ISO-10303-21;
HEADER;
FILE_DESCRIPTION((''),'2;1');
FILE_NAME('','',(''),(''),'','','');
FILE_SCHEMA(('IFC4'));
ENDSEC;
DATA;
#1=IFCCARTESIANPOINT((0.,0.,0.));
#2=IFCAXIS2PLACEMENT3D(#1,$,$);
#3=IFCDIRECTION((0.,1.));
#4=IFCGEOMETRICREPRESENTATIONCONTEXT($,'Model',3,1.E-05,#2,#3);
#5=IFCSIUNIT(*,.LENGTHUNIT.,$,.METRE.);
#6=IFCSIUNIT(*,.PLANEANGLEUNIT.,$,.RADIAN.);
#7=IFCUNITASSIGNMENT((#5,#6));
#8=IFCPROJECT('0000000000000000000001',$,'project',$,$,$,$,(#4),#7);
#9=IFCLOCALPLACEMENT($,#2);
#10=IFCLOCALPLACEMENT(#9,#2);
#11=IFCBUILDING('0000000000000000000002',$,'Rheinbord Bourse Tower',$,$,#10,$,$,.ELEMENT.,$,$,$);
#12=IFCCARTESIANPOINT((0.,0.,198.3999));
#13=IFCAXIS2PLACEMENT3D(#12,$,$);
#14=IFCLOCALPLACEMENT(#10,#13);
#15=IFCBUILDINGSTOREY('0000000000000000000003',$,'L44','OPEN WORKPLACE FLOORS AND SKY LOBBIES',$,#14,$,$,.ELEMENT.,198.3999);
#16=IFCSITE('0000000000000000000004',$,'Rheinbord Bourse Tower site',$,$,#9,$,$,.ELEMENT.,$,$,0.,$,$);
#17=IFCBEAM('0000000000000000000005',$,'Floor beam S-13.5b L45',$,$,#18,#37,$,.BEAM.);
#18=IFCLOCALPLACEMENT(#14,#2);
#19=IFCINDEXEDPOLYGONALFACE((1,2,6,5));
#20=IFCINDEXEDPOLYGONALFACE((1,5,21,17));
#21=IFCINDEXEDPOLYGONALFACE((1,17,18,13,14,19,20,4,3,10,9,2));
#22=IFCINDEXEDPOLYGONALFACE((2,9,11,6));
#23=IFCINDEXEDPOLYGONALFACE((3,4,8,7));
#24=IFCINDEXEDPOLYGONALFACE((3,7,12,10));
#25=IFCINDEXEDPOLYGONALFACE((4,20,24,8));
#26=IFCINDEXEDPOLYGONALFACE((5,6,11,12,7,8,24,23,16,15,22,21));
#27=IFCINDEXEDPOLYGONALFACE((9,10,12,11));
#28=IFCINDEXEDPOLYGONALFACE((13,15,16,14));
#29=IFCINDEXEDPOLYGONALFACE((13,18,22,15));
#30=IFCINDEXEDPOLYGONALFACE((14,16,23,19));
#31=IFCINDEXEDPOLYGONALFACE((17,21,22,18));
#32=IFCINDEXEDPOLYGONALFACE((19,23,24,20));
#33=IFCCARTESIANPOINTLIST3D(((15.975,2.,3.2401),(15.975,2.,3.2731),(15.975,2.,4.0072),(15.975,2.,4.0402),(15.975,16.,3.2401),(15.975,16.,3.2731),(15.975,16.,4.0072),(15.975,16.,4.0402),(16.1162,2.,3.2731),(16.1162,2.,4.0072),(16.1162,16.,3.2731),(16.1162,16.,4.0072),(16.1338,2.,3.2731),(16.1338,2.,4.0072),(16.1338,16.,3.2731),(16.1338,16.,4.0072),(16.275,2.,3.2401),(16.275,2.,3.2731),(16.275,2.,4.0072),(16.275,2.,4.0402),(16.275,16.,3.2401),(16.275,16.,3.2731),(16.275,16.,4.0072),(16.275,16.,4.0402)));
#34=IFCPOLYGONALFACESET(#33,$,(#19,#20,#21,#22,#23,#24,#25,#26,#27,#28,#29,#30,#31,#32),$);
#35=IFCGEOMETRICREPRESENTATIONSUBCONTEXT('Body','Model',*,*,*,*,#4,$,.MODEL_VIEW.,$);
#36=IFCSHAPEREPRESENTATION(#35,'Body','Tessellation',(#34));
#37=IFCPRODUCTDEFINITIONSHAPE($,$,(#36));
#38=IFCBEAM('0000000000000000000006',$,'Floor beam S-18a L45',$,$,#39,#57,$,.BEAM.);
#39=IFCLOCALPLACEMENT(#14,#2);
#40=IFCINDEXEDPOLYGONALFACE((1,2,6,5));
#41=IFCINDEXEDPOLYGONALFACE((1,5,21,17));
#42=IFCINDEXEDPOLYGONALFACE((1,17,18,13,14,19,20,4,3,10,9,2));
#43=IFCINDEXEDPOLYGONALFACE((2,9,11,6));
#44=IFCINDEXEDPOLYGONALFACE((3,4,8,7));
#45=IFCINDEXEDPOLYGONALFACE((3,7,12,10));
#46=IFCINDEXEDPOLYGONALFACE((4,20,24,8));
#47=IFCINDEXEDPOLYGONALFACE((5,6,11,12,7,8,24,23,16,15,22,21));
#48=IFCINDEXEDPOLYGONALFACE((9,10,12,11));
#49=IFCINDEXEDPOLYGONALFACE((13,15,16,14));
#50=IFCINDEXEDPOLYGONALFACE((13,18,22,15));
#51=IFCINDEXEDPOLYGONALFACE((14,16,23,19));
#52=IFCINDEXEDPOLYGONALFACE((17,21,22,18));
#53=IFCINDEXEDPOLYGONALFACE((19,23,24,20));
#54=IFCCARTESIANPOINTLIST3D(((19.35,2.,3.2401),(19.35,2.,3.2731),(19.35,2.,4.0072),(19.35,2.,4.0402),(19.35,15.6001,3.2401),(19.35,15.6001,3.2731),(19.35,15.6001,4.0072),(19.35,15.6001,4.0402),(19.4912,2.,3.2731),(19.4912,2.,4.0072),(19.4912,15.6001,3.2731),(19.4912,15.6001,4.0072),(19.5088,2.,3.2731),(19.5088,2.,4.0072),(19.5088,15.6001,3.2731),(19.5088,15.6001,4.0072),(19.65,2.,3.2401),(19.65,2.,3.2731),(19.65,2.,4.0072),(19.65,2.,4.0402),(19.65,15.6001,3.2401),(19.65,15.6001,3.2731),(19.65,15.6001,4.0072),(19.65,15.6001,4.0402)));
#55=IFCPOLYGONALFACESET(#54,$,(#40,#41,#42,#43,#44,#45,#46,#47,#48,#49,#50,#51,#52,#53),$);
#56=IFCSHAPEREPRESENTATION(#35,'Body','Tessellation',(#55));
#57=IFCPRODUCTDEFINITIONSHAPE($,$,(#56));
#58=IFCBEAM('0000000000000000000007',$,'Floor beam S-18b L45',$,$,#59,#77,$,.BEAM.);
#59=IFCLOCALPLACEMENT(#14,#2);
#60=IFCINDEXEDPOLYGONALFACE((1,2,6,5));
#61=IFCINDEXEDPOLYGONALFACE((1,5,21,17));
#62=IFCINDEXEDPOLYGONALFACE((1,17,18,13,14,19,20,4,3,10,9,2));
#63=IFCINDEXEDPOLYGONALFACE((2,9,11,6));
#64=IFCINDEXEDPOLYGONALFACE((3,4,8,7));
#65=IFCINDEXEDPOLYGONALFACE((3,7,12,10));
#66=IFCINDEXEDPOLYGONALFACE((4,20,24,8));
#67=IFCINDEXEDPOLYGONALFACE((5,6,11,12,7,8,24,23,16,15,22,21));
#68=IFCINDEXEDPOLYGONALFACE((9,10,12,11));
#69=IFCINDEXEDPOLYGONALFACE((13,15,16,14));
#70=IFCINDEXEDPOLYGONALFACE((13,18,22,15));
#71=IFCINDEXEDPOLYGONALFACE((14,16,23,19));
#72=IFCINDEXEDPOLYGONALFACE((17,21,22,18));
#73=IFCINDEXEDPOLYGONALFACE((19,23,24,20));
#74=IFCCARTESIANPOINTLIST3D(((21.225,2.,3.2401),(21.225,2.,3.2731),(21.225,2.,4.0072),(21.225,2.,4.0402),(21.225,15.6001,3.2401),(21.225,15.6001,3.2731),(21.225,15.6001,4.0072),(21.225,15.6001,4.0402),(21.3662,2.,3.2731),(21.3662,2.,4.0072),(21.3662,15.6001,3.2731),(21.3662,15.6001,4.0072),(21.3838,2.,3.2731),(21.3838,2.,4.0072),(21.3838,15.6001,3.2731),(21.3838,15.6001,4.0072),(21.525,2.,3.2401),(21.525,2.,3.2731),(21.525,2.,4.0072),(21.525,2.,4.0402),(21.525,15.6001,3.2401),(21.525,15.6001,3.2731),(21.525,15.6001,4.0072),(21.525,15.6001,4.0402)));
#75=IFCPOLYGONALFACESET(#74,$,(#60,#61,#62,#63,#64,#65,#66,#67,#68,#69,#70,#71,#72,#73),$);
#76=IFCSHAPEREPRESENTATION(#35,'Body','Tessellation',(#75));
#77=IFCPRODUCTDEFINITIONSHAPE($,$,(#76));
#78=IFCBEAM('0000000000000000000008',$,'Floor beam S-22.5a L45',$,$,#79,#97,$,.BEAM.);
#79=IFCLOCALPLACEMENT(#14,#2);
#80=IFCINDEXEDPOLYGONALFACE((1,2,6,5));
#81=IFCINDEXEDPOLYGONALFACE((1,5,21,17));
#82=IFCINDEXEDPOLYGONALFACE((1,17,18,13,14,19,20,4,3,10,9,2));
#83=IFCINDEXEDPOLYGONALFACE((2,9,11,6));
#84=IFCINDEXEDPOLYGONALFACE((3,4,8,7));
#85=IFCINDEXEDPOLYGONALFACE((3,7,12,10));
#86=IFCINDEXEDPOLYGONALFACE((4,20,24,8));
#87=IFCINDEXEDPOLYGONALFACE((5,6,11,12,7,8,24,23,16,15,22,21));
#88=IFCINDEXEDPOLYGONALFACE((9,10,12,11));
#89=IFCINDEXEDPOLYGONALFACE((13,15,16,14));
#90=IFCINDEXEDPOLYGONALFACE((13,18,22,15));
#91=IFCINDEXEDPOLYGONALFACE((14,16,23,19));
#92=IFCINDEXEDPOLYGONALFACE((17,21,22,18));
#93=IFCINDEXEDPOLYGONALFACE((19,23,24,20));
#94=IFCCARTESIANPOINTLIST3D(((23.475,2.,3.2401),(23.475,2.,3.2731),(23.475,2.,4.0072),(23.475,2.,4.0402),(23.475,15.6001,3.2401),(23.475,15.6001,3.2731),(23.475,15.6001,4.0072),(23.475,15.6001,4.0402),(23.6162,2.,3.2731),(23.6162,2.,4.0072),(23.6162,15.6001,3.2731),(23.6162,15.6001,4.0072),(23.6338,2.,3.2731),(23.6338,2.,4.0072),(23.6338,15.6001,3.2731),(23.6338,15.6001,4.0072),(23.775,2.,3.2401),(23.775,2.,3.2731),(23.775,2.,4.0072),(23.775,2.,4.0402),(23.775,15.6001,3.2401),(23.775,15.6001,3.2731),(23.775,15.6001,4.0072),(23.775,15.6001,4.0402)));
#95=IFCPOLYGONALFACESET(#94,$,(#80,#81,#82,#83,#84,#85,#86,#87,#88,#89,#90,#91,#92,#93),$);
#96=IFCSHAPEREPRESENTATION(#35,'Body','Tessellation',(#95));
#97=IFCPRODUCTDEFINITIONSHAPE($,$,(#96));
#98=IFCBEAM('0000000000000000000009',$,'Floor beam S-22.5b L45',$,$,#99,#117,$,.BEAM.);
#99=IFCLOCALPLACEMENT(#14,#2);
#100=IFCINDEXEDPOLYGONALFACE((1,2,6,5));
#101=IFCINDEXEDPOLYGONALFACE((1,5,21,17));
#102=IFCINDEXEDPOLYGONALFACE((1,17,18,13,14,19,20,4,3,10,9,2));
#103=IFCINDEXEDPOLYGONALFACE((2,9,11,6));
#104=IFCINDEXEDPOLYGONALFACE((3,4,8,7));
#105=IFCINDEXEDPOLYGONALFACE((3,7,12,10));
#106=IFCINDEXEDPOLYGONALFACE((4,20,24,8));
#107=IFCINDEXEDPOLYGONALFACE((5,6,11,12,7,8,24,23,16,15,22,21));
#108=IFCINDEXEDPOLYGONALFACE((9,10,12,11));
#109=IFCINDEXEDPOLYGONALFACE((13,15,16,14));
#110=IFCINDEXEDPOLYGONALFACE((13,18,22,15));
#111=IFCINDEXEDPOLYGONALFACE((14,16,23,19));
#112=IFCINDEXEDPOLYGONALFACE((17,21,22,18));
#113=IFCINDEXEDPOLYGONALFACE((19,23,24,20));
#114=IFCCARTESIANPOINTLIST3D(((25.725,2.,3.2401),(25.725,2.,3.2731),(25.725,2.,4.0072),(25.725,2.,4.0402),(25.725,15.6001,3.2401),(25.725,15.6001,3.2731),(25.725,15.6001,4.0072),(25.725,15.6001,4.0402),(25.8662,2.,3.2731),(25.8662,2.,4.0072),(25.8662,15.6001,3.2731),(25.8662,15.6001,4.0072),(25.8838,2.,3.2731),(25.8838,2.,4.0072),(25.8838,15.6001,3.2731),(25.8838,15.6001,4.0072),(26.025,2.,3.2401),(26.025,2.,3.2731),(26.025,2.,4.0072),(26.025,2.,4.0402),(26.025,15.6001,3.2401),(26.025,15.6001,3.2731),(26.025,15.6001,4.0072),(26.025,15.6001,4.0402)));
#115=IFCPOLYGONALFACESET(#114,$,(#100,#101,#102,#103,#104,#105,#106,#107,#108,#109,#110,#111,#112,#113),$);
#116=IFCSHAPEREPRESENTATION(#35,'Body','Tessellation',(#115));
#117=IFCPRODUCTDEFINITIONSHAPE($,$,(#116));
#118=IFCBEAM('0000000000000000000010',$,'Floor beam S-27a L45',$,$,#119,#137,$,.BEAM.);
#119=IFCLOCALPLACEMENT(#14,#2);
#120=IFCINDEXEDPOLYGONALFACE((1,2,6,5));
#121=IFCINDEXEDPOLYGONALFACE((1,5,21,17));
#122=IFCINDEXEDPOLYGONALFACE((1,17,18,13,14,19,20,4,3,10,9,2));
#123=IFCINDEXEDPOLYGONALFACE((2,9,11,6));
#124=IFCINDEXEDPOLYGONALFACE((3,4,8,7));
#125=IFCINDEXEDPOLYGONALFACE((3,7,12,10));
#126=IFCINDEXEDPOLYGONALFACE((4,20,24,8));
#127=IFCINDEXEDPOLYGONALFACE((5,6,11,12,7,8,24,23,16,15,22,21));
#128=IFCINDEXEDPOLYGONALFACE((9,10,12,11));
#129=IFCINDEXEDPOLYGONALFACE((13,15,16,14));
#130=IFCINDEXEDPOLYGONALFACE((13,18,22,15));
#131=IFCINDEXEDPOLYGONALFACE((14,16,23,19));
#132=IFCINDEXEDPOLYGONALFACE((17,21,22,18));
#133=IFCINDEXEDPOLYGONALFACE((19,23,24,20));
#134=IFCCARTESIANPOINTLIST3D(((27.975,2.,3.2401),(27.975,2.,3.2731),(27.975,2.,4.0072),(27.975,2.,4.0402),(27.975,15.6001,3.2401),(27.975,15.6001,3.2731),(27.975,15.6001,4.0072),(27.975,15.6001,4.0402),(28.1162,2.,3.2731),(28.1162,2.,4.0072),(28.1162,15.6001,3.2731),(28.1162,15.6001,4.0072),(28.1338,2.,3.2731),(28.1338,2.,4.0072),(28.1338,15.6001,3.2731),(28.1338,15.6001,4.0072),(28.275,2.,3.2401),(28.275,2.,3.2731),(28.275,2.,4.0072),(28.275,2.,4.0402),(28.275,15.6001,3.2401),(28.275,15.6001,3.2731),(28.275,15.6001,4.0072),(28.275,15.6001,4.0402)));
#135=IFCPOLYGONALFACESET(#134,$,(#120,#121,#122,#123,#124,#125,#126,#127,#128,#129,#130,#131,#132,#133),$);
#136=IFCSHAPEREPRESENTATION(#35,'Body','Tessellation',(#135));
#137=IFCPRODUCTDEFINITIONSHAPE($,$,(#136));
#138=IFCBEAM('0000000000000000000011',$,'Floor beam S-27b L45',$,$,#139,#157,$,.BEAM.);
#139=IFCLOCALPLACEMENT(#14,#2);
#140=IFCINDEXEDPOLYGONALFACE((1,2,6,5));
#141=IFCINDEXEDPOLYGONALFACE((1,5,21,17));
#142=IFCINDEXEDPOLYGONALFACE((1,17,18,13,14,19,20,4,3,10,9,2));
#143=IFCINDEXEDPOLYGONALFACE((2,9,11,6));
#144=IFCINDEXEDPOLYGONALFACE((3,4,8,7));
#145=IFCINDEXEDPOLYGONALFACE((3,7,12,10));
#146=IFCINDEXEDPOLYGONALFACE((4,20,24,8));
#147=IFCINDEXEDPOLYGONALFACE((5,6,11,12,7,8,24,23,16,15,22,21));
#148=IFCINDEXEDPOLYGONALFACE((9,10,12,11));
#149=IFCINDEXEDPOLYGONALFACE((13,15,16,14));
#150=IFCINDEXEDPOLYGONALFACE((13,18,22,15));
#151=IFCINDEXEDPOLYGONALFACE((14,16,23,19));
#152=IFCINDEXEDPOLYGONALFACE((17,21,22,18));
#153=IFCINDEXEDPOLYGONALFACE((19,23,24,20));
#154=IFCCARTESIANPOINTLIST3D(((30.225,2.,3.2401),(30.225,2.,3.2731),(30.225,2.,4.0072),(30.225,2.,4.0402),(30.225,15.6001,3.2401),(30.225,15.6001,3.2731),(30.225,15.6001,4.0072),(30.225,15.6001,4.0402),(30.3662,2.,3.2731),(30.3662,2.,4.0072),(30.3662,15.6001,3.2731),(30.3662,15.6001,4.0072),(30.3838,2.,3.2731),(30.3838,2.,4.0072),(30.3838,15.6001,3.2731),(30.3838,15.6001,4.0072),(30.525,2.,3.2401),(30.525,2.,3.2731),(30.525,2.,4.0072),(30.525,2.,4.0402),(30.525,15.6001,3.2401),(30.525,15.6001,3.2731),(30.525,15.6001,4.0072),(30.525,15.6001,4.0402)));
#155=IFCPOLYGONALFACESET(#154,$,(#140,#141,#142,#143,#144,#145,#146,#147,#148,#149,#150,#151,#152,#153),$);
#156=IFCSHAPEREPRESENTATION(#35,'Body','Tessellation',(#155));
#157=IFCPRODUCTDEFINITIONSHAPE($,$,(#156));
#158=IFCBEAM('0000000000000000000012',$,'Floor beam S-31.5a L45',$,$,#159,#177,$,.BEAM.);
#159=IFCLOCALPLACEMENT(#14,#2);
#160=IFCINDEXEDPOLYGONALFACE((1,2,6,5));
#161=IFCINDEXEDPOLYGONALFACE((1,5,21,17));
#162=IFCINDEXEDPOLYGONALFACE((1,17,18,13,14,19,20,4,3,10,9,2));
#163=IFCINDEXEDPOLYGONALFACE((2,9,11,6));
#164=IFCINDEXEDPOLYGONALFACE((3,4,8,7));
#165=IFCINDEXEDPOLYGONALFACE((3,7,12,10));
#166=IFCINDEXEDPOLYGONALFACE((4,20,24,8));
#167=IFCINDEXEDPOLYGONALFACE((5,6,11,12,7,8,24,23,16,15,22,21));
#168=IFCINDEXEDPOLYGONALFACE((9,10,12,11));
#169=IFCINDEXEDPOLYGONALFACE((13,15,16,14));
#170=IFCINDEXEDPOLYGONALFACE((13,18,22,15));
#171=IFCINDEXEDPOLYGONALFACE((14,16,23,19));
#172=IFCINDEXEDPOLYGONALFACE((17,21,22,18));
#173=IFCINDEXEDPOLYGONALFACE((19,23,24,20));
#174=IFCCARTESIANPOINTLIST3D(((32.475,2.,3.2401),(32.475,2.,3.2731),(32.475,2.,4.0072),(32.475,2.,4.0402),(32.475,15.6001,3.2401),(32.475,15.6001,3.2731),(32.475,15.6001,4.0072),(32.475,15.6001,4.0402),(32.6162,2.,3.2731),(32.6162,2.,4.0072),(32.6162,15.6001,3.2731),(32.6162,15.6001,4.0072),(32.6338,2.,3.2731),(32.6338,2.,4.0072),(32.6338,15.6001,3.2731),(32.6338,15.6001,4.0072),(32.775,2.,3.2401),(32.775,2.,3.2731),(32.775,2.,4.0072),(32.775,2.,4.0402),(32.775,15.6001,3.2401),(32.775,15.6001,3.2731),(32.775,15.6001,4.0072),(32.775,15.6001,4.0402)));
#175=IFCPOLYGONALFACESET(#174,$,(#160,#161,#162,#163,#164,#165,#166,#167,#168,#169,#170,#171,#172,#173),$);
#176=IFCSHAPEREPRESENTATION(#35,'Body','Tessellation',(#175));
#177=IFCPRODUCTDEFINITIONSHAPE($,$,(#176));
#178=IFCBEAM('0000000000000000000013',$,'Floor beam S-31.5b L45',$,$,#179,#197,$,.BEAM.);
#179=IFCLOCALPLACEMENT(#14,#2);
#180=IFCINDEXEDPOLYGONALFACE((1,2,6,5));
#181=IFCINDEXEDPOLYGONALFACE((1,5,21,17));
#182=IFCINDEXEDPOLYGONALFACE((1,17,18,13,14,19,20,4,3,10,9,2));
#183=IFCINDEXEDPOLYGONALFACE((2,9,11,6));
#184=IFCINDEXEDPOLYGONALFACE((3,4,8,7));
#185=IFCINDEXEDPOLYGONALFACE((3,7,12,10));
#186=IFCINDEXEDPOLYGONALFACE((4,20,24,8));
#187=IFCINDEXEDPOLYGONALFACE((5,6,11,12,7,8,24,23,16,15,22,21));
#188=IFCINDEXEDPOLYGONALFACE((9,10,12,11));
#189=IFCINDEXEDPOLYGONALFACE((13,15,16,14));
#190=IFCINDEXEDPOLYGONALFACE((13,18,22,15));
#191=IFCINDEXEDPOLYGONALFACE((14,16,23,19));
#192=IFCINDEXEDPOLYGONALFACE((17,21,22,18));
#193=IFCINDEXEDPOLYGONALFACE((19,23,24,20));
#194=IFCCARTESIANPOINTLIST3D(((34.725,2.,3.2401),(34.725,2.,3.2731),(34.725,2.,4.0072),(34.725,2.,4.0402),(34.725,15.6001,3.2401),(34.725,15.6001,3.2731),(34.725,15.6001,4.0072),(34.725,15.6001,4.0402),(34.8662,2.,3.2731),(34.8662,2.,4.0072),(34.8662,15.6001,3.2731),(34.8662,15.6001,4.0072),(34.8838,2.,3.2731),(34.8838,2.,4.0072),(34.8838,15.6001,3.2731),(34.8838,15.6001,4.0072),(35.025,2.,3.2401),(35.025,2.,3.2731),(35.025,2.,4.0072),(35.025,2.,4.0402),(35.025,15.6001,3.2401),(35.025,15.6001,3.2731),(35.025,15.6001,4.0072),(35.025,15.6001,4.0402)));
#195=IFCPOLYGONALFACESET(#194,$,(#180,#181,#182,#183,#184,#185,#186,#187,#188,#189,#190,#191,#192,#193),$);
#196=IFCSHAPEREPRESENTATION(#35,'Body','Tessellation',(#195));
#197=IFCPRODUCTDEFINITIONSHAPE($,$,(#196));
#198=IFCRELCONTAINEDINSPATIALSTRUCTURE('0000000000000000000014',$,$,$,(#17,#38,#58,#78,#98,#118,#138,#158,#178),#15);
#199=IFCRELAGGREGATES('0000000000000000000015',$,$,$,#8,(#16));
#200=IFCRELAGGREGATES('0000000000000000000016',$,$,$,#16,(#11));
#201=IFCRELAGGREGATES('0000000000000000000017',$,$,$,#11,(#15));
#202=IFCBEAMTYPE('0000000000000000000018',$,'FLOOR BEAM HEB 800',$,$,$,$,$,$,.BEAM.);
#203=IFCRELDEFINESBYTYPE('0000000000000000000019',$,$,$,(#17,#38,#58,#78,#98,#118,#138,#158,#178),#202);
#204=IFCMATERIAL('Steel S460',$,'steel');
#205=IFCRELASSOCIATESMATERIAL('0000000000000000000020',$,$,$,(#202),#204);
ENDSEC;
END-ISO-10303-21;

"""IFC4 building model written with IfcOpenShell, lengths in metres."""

from ifc_helpers import new_model, si_unit, direction, frame, origin, origin_2d, place, context, subcontext, project, spatial, i_section, extrude, material, material_profile, profile_set, type_object, element, save


model = new_model("IFC4")

# Units and contexts
model_context = context("Model", 3, precision=1e-05, world=origin(), true_north=direction((0.0, 1.0)))
body_context = subcontext(model_context, "Body", "Model", "MODEL_VIEW")
ifc_project = project(units=[si_unit("LENGTHUNIT", "METRE"), si_unit("PLANEANGLEUNIT", "RADIAN")], contexts=[model_context])

# Site, building, storey
site_placement = place(None, origin())
site = spatial("IfcSite", under=ifc_project, at=site_placement, Name="Rheinbord Bourse Tower site", CompositionType="ELEMENT", RefElevation=0.0)
building_placement = place(site_placement, origin())
building = spatial("IfcBuilding", under=site, at=building_placement, Name="Rheinbord Bourse Tower", CompositionType="ELEMENT")
storey_placement = place(building_placement, frame((0.0, 0.0, 198.3999)))
storey = spatial("IfcBuildingStorey", under=building, at=storey_placement, Name="L44", Description="OPEN WORKPLACE FLOORS AND SKY LOBBIES", CompositionType="ELEMENT", Elevation=198.3999)

# Beams
ifc_material_1 = material(Name="Steel S460", Category="steel")
ifc_material_profile_1 = material_profile(ifc_material_1, i_section(OverallWidth=0.3, OverallDepth=0.8, WebThickness=0.0176, FlangeThickness=0.033, at=origin_2d()), Name="HEB 800")
ifc_profile_set_1 = profile_set([ifc_material_profile_1], Name="Steel S460")
beam_type_1 = type_object("IfcBeamType", Name="FLOOR BEAM HEB 800", PredefinedType="BEAM", material=ifc_profile_set_1)
beam_placement = place(storey_placement, frame((16.125, 2.0, 3.6401), z_axis=(0.0, 1.0, 0.0), x_axis=(-1.0, 0.0, 0.0)))
element("IfcBeam", 1, at=beam_placement, inside=storey, type_object=beam_type_1, Name="Floor beam S-13.5b L45", PredefinedType="BEAM", context=body_context, shape_type="SweptSolid", body=[
    extrude(i_section(OverallWidth=0.3, OverallDepth=0.8, WebThickness=0.0176, FlangeThickness=0.033, at=origin_2d()), origin(), (0.0, 0.0, 1.0), 14.0),
])
for number, where, z_axis, x_axis, name in (
    (2, (19.5, 2.0, 3.6401), (0.0, 1.0, 0.0), (-1.0, 0.0, 0.0), "Floor beam S-18a L45"),
    (3, (21.375, 2.0, 3.6401), (0.0, 1.0, 0.0), (-1.0, 0.0, 0.0), "Floor beam S-18b L45"),
    (4, (23.625, 2.0, 3.6401), (0.0, 1.0, 0.0), (-1.0, 0.0, 0.0), "Floor beam S-22.5a L45"),
    (5, (25.875, 2.0, 3.6401), (0.0, 1.0, 0.0), (-1.0, 0.0, 0.0), "Floor beam S-22.5b L45"),
    (6, (28.125, 2.0, 3.6401), (0.0, 1.0, 0.0), (-1.0, 0.0, 0.0), "Floor beam S-27a L45"),
    (7, (30.375, 2.0, 3.6401), (0.0, 1.0, 0.0), (-1.0, 0.0, 0.0), "Floor beam S-27b L45"),
    (8, (32.625, 2.0, 3.6401), (0.0, 1.0, 0.0), (-1.0, 0.0, 0.0), "Floor beam S-31.5a L45"),
    (9, (34.875, 2.0, 3.6401), (0.0, 1.0, 0.0), (-1.0, 0.0, 0.0), "Floor beam S-31.5b L45"),
):
    element("IfcBeam", number, at=place(storey_placement, frame(where, z_axis=z_axis, x_axis=x_axis)), inside=storey, type_object=beam_type_1, Name=name, PredefinedType="BEAM", context=body_context, shape_type="SweptSolid", body=[
        extrude(i_section(OverallWidth=0.3, OverallDepth=0.8, WebThickness=0.0176, FlangeThickness=0.033, at=origin_2d()), origin(), (0.0, 0.0, 1.0), 13.6001),
    ])

save(model, "model.ifc")
